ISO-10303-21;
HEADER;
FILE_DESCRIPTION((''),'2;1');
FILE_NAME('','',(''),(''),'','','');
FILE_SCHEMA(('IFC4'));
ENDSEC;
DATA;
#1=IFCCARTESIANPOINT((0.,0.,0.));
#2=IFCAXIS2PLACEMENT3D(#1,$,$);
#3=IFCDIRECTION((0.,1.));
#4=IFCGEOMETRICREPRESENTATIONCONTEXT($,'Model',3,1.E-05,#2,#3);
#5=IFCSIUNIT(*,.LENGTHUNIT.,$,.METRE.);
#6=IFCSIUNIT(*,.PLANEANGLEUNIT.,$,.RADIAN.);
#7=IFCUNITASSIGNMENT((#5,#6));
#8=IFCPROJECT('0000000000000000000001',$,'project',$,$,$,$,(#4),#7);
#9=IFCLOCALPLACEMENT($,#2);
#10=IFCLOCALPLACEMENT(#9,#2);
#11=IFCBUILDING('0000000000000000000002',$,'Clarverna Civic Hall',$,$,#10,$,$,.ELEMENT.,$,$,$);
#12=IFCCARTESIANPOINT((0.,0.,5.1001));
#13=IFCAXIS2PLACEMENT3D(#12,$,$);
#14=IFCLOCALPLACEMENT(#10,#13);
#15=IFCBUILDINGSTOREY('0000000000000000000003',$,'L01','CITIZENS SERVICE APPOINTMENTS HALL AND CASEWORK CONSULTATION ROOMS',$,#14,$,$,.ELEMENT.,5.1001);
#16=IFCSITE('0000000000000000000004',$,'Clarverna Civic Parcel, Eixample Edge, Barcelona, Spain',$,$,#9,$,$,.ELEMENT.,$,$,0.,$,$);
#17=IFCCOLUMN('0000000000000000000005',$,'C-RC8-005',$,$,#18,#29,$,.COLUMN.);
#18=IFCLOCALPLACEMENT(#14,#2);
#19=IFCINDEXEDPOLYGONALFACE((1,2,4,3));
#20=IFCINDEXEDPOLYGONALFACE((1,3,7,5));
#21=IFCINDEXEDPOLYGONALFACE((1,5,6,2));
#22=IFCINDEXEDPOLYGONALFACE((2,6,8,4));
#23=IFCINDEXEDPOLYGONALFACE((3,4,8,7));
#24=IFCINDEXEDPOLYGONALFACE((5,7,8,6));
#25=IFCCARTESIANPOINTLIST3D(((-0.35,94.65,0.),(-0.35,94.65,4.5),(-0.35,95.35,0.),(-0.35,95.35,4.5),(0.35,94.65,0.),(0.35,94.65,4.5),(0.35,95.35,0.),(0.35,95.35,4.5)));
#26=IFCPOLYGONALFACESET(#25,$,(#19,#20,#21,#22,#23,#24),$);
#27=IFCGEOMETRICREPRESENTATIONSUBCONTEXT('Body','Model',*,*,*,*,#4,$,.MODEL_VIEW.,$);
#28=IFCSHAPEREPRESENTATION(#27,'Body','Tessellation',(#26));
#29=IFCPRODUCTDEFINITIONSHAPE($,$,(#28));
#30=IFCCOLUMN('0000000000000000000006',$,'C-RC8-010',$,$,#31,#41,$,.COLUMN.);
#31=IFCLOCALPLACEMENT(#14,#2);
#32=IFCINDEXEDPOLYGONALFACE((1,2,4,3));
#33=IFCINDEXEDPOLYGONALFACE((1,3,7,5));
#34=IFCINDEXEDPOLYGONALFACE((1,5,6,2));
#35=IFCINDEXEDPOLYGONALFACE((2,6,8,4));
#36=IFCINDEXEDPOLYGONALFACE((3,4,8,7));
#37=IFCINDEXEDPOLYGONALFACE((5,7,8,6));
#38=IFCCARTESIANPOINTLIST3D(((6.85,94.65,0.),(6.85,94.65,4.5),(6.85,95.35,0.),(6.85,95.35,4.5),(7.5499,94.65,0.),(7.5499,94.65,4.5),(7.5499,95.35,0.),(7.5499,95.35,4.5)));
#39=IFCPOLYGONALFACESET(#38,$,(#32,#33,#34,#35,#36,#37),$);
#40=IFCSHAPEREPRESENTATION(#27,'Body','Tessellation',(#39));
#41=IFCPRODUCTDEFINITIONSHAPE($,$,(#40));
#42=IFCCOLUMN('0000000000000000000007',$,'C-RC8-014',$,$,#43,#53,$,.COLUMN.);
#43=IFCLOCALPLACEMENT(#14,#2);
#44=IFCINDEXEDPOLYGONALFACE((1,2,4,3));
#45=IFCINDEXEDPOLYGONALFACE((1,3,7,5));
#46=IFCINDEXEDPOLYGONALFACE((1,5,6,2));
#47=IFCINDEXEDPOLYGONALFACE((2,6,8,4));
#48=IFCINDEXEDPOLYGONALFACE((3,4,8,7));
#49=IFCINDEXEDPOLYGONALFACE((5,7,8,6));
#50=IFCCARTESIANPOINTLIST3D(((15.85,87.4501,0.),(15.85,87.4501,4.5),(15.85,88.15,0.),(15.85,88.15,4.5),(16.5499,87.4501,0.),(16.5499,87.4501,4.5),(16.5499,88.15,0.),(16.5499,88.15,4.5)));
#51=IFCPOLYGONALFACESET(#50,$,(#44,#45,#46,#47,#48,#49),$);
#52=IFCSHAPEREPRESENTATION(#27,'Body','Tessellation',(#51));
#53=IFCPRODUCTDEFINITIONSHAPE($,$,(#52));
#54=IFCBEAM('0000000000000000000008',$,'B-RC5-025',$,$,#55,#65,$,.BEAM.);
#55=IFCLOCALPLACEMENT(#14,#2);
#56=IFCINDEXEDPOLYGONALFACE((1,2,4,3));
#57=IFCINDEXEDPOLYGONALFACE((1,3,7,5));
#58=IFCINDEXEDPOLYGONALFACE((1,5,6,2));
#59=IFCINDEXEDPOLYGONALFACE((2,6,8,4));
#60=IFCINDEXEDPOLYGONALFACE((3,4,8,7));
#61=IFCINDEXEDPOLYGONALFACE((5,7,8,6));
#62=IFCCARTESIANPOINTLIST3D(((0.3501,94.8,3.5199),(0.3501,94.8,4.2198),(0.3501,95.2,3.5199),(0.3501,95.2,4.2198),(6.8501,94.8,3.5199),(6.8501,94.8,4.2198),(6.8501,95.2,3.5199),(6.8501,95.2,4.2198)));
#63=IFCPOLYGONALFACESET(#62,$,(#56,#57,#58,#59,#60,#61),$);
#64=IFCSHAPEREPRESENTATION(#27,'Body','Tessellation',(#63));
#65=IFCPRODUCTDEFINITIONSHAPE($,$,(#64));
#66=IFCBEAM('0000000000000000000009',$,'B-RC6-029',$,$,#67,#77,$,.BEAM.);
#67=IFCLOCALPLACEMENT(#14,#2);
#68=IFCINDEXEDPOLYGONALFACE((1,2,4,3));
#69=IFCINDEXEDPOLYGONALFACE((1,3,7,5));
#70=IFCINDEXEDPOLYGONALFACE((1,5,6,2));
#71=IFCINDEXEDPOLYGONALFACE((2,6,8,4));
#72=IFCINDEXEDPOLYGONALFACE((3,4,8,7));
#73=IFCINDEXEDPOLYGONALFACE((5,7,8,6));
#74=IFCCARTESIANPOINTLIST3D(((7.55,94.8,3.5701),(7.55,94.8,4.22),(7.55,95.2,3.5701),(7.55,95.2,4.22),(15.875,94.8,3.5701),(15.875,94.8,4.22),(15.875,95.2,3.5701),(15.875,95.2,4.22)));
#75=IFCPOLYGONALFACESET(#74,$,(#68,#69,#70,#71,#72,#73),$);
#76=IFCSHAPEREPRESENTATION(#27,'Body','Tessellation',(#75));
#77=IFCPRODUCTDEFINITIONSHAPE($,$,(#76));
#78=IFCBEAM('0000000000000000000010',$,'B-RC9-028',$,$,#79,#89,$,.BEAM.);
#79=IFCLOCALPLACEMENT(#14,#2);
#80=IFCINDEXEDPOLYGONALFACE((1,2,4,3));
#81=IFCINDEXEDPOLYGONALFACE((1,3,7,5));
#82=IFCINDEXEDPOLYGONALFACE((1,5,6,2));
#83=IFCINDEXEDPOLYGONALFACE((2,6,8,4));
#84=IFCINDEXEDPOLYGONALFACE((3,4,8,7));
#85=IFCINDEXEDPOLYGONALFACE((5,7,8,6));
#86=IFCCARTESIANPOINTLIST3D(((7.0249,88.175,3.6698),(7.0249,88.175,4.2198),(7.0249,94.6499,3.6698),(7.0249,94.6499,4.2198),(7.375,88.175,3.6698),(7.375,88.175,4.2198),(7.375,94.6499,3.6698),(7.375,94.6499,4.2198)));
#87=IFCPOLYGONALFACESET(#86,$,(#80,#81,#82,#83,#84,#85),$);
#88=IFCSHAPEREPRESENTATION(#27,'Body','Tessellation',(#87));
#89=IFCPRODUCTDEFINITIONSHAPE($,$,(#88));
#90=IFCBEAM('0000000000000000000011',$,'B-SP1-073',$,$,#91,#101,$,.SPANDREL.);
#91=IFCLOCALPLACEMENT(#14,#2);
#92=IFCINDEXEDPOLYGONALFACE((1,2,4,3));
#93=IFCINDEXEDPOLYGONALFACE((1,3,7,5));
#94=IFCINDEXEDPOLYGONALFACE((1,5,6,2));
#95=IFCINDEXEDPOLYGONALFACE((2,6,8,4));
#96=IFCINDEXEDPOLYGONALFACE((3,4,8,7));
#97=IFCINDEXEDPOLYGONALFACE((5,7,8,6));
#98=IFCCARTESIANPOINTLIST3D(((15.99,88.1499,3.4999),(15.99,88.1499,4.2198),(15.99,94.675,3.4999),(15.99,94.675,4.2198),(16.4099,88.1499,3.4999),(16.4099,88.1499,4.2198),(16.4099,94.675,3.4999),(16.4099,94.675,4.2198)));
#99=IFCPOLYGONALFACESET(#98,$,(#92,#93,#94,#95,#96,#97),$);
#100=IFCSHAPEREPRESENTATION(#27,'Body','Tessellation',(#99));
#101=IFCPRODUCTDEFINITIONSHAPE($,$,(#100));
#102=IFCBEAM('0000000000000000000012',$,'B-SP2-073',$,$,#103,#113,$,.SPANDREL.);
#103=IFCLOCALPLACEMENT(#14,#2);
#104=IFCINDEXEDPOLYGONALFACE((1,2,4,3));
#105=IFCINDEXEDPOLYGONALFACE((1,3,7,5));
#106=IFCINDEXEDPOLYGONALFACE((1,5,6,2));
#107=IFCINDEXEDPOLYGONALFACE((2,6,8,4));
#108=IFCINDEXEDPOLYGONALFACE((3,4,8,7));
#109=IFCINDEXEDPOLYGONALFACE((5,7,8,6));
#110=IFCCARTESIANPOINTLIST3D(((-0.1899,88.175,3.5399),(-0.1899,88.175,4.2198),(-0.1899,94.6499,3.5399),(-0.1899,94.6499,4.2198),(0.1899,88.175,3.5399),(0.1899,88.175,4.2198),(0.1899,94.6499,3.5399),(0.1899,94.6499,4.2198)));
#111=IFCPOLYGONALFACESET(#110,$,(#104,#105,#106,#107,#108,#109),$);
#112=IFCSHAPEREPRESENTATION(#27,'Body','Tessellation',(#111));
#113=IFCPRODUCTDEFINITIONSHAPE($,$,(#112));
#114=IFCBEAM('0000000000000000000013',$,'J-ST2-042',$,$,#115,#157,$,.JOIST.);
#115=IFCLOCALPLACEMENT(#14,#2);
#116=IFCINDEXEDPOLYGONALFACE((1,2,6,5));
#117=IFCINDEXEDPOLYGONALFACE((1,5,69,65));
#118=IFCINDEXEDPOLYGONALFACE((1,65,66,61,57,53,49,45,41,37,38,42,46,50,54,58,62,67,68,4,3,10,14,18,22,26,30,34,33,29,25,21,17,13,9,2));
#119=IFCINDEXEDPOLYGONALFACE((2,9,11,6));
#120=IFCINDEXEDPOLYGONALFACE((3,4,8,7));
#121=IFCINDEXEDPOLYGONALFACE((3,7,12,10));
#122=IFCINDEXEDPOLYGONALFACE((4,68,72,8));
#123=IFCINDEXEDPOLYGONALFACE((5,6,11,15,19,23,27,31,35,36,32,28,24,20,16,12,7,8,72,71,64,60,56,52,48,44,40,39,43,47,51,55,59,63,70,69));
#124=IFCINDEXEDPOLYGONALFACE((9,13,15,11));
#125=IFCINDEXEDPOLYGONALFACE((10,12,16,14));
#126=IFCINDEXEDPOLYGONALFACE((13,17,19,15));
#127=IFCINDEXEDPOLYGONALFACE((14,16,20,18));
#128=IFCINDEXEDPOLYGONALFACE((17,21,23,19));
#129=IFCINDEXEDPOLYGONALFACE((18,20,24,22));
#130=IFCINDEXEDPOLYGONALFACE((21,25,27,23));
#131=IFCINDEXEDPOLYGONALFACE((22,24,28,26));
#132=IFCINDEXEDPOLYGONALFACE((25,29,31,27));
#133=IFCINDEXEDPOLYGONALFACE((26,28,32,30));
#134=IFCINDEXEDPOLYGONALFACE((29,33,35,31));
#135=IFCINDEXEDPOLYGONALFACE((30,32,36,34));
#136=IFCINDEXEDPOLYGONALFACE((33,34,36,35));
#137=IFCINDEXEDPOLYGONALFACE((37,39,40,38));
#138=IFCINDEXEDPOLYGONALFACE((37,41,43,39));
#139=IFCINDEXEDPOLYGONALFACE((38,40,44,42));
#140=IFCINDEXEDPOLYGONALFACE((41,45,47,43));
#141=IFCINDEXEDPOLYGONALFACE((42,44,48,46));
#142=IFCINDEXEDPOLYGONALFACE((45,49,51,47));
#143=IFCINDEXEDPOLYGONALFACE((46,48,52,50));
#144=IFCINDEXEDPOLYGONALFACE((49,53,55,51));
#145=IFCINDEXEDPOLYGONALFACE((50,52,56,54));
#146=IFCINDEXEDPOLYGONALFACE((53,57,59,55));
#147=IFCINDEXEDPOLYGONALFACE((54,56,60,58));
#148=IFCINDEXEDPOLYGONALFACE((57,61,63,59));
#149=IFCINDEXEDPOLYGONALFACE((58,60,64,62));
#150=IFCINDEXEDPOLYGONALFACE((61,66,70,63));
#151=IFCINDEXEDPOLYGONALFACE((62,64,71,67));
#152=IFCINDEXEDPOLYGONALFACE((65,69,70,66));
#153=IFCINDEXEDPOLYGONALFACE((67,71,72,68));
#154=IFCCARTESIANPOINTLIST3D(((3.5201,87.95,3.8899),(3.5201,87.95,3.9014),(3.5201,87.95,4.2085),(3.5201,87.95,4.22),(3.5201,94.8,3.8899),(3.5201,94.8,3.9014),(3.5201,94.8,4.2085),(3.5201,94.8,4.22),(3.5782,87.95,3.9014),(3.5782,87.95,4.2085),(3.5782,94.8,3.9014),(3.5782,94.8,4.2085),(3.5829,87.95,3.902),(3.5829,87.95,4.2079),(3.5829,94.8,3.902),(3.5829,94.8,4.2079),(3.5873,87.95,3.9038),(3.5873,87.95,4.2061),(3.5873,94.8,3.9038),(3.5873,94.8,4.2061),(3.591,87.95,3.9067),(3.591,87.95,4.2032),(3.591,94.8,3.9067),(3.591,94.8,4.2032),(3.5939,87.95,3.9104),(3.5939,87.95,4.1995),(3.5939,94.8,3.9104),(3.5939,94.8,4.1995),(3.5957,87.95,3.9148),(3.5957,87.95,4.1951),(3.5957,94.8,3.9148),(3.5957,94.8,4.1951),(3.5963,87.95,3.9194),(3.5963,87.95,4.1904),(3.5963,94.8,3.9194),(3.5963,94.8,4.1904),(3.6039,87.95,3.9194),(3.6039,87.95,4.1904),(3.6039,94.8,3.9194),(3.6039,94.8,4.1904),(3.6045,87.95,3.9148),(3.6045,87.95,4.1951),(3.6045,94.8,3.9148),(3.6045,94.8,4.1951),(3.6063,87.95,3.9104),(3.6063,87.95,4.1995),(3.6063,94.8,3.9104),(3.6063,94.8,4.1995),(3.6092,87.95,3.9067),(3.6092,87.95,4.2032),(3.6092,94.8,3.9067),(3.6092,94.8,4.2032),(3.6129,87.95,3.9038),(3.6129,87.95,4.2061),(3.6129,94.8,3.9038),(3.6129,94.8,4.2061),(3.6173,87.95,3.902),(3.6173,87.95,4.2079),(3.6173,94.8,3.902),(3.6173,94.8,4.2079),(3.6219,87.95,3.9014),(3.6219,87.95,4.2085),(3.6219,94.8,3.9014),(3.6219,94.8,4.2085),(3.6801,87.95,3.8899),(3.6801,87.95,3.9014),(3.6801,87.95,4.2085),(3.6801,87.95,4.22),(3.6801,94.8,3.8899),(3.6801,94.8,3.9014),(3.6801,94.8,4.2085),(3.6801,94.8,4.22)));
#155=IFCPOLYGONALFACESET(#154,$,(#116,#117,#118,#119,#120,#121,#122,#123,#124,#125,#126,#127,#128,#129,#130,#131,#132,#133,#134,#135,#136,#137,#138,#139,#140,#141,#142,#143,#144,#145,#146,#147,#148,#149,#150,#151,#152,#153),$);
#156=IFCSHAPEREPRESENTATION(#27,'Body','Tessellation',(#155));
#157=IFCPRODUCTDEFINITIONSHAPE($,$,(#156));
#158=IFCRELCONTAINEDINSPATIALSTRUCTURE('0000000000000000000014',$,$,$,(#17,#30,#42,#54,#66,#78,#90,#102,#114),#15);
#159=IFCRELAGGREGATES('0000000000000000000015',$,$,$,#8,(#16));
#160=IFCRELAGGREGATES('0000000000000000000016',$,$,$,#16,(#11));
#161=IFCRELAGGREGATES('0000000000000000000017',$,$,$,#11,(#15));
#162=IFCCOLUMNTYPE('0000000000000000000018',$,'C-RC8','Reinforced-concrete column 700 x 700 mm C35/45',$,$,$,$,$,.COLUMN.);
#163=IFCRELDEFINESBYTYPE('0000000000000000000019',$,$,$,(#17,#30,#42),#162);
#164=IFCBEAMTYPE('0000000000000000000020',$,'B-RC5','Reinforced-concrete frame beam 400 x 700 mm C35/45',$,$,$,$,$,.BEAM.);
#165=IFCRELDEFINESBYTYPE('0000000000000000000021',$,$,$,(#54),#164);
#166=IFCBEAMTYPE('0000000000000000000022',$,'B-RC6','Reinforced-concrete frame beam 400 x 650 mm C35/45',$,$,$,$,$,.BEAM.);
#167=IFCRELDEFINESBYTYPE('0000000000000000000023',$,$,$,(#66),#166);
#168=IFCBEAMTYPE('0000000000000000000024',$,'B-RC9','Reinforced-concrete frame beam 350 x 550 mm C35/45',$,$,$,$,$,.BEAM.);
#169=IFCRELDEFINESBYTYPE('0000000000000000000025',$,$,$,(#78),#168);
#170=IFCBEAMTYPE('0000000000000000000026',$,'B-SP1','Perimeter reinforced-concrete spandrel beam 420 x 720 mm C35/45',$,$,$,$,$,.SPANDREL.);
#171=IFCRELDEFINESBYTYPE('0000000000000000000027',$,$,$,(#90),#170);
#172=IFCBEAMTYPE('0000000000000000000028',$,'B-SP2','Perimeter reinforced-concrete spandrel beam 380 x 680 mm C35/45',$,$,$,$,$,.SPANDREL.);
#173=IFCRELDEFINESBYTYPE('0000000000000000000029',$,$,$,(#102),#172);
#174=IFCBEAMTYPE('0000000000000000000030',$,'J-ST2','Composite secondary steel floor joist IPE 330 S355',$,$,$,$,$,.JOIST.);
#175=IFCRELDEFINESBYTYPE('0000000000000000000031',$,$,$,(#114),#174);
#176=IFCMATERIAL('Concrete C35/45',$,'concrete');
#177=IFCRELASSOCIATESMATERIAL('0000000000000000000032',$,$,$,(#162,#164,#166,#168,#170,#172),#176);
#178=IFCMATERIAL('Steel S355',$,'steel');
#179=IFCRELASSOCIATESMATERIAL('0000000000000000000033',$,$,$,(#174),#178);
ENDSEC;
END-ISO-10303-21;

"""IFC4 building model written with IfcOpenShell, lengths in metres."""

from ifc_helpers import new_model, si_unit, direction, frame, origin, origin_2d, place, context, subcontext, project, spatial, rectangle, i_section, extrude, material, material_profile, profile_set, type_object, element, save


model = new_model("IFC4")

# Units and contexts
model_context = context("Model", 3, precision=1e-05, world=origin(), true_north=direction((0.0, 1.0)))
body_context = subcontext(model_context, "Body", "Model", "MODEL_VIEW")
ifc_project = project(units=[si_unit("LENGTHUNIT", "METRE"), si_unit("PLANEANGLEUNIT", "RADIAN")], contexts=[model_context])

# Site, building, storey
site_placement = place(None, origin())
site = spatial("IfcSite", under=ifc_project, at=site_placement, Name="Clarverna Civic Parcel, Eixample Edge, Barcelona, Spain", CompositionType="ELEMENT", RefElevation=0.0)
building_placement = place(site_placement, origin())
building = spatial("IfcBuilding", under=site, at=building_placement, Name="Clarverna Civic Hall", CompositionType="ELEMENT")
storey_placement = place(building_placement, frame((0.0, 0.0, 5.1001)))
storey = spatial("IfcBuildingStorey", under=building, at=storey_placement, Name="L01", Description="CITIZENS SERVICE APPOINTMENTS HALL AND CASEWORK CONSULTATION ROOMS", CompositionType="ELEMENT", Elevation=5.1001)

# Columns
ifc_material_1 = material(Name="Concrete C35/45", Category="concrete")
ifc_material_profile_1 = material_profile(ifc_material_1, rectangle(XDim=0.7, YDim=0.7, at=origin_2d()), Name="RC 700x700")
ifc_profile_set_1 = profile_set([ifc_material_profile_1], Name="Concrete C35/45")
column_type = type_object("IfcColumnType", Name="C-RC8", Description="Reinforced-concrete column 700 x 700 mm C35/45", PredefinedType="COLUMN", material=ifc_profile_set_1)
for number, where, z_axis, x_axis, name in (
    (1, (0.0, 95.0, 0.0), (0.0, 0.0, 1.0), (1.0, 0.0, 0.0), "C-RC8-005"),
    (2, (7.2, 95.0, 0.0), (0.0, 0.0, 1.0), (1.0, 0.0, 0.0), "C-RC8-010"),
    (3, (16.2, 87.8, 0.0), (0.0, 0.0, 1.0), (1.0, 0.0, 0.0), "C-RC8-014"),
):
    element("IfcColumn", number, at=place(storey_placement, frame(where, z_axis=z_axis, x_axis=x_axis)), inside=storey, type_object=column_type, Name=name, PredefinedType="COLUMN", context=body_context, shape_type="SweptSolid", body=[
        extrude(rectangle(XDim=0.7, YDim=0.7, at=origin_2d()), origin(), (0.0, 0.0, 1.0), 4.5),
    ])

# Beams
ifc_material_profile_2 = material_profile(ifc_material_1, rectangle(XDim=0.3999, YDim=0.7, at=origin_2d()), Name="RC 400x700")
ifc_profile_set_2 = profile_set([ifc_material_profile_2], Name="Concrete C35/45")
beam_type_1 = type_object("IfcBeamType", Name="B-RC5", Description="Reinforced-concrete frame beam 400 x 700 mm C35/45", PredefinedType="BEAM", material=ifc_profile_set_2)
beam_1_placement = place(storey_placement, frame((0.3501, 95.0, 3.8699), z_axis=(1.0, 0.0, 0.0), x_axis=(0.0, 1.0, 0.0)))
element("IfcBeam", 4, at=beam_1_placement, inside=storey, type_object=beam_type_1, Name="B-RC5-025", PredefinedType="BEAM", context=body_context, shape_type="SweptSolid", body=[
    extrude(rectangle(XDim=0.3999, YDim=0.7, at=origin_2d()), origin(), (0.0, 0.0, 1.0), 6.5),
])
ifc_material_profile_3 = material_profile(ifc_material_1, rectangle(XDim=0.3999, YDim=0.6499, at=origin_2d()), Name="RC 400x650")
ifc_profile_set_3 = profile_set([ifc_material_profile_3], Name="Concrete C35/45")
beam_type_2 = type_object("IfcBeamType", Name="B-RC6", Description="Reinforced-concrete frame beam 400 x 650 mm C35/45", PredefinedType="BEAM", material=ifc_profile_set_3)
beam_2_placement = place(storey_placement, frame((7.55, 95.0, 3.895), z_axis=(1.0, 0.0, 0.0), x_axis=(0.0, 1.0, 0.0)))
element("IfcBeam", 5, at=beam_2_placement, inside=storey, type_object=beam_type_2, Name="B-RC6-029", PredefinedType="BEAM", context=body_context, shape_type="SweptSolid", body=[
    extrude(rectangle(XDim=0.3999, YDim=0.6499, at=origin_2d()), origin(), (0.0, 0.0, 1.0), 8.325),
])
ifc_material_profile_4 = material_profile(ifc_material_1, rectangle(XDim=0.3501, YDim=0.55, at=origin_2d()), Name="RC 350x550")
ifc_profile_set_4 = profile_set([ifc_material_profile_4], Name="Concrete C35/45")
beam_type_3 = type_object("IfcBeamType", Name="B-RC9", Description="Reinforced-concrete frame beam 350 x 550 mm C35/45", PredefinedType="BEAM", material=ifc_profile_set_4)
beam_3_placement = place(storey_placement, frame((7.2, 88.175, 3.9448), z_axis=(0.0, 1.0, 0.0), x_axis=(-1.0, 0.0, 0.0)))
element("IfcBeam", 6, at=beam_3_placement, inside=storey, type_object=beam_type_3, Name="B-RC9-028", PredefinedType="BEAM", context=body_context, shape_type="SweptSolid", body=[
    extrude(rectangle(XDim=0.3501, YDim=0.55, at=origin_2d()), origin(), (0.0, 0.0, 1.0), 6.4749),
])
ifc_material_profile_5 = material_profile(ifc_material_1, rectangle(XDim=0.4199, YDim=0.72, at=origin_2d()), Name="RC 420x720")
ifc_profile_set_5 = profile_set([ifc_material_profile_5], Name="Concrete C35/45")
beam_type_4 = type_object("IfcBeamType", Name="B-SP1", Description="Perimeter reinforced-concrete spandrel beam 420 x 720 mm C35/45", PredefinedType="SPANDREL", material=ifc_profile_set_5)
beam_4_placement = place(storey_placement, frame((16.2, 88.1499, 3.8599), z_axis=(0.0, 1.0, 0.0), x_axis=(-1.0, 0.0, 0.0)))
element("IfcBeam", 7, at=beam_4_placement, inside=storey, type_object=beam_type_4, Name="B-SP1-073", PredefinedType="SPANDREL", context=body_context, shape_type="SweptSolid", body=[
    extrude(rectangle(XDim=0.4199, YDim=0.72, at=origin_2d()), origin(), (0.0, 0.0, 1.0), 6.5251),
])
ifc_material_profile_6 = material_profile(ifc_material_1, rectangle(XDim=0.3799, YDim=0.6799, at=origin_2d()), Name="RC 380x680")
ifc_profile_set_6 = profile_set([ifc_material_profile_6], Name="Concrete C35/45")
beam_type_5 = type_object("IfcBeamType", Name="B-SP2", Description="Perimeter reinforced-concrete spandrel beam 380 x 680 mm C35/45", PredefinedType="SPANDREL", material=ifc_profile_set_6)
beam_5_placement = place(storey_placement, frame((0.0, 88.175, 3.8799), z_axis=(0.0, 1.0, 0.0), x_axis=(-1.0, 0.0, 0.0)))
element("IfcBeam", 8, at=beam_5_placement, inside=storey, type_object=beam_type_5, Name="B-SP2-073", PredefinedType="SPANDREL", context=body_context, shape_type="SweptSolid", body=[
    extrude(rectangle(XDim=0.3799, YDim=0.6799, at=origin_2d()), origin(), (0.0, 0.0, 1.0), 6.4749),
])
ifc_material_2 = material(Name="Steel S355", Category="steel")
ifc_material_profile_7 = material_profile(ifc_material_2, i_section(OverallWidth=0.1599, OverallDepth=0.3301, WebThickness=0.0076, FlangeThickness=0.0115, FilletRadius=0.0181, at=origin_2d()), Name="IPE 330")
ifc_profile_set_7 = profile_set([ifc_material_profile_7], Name="Steel S355")
beam_type_6 = type_object("IfcBeamType", Name="J-ST2", Description="Composite secondary steel floor joist IPE 330 S355", PredefinedType="JOIST", material=ifc_profile_set_7)
beam_6_placement = place(storey_placement, frame((3.6001, 87.95, 4.0549), z_axis=(0.0, 1.0, 0.0), x_axis=(-1.0, 0.0, 0.0)))
element("IfcBeam", 9, at=beam_6_placement, inside=storey, type_object=beam_type_6, Name="J-ST2-042", PredefinedType="JOIST", context=body_context, shape_type="SweptSolid", body=[
    extrude(i_section(OverallWidth=0.1599, OverallDepth=0.3301, WebThickness=0.0076, FlangeThickness=0.0115, FilletRadius=0.0181, at=origin_2d()), origin(), (0.0, 0.0, 1.0), 6.8501),
])

save(model, "model.ifc")
